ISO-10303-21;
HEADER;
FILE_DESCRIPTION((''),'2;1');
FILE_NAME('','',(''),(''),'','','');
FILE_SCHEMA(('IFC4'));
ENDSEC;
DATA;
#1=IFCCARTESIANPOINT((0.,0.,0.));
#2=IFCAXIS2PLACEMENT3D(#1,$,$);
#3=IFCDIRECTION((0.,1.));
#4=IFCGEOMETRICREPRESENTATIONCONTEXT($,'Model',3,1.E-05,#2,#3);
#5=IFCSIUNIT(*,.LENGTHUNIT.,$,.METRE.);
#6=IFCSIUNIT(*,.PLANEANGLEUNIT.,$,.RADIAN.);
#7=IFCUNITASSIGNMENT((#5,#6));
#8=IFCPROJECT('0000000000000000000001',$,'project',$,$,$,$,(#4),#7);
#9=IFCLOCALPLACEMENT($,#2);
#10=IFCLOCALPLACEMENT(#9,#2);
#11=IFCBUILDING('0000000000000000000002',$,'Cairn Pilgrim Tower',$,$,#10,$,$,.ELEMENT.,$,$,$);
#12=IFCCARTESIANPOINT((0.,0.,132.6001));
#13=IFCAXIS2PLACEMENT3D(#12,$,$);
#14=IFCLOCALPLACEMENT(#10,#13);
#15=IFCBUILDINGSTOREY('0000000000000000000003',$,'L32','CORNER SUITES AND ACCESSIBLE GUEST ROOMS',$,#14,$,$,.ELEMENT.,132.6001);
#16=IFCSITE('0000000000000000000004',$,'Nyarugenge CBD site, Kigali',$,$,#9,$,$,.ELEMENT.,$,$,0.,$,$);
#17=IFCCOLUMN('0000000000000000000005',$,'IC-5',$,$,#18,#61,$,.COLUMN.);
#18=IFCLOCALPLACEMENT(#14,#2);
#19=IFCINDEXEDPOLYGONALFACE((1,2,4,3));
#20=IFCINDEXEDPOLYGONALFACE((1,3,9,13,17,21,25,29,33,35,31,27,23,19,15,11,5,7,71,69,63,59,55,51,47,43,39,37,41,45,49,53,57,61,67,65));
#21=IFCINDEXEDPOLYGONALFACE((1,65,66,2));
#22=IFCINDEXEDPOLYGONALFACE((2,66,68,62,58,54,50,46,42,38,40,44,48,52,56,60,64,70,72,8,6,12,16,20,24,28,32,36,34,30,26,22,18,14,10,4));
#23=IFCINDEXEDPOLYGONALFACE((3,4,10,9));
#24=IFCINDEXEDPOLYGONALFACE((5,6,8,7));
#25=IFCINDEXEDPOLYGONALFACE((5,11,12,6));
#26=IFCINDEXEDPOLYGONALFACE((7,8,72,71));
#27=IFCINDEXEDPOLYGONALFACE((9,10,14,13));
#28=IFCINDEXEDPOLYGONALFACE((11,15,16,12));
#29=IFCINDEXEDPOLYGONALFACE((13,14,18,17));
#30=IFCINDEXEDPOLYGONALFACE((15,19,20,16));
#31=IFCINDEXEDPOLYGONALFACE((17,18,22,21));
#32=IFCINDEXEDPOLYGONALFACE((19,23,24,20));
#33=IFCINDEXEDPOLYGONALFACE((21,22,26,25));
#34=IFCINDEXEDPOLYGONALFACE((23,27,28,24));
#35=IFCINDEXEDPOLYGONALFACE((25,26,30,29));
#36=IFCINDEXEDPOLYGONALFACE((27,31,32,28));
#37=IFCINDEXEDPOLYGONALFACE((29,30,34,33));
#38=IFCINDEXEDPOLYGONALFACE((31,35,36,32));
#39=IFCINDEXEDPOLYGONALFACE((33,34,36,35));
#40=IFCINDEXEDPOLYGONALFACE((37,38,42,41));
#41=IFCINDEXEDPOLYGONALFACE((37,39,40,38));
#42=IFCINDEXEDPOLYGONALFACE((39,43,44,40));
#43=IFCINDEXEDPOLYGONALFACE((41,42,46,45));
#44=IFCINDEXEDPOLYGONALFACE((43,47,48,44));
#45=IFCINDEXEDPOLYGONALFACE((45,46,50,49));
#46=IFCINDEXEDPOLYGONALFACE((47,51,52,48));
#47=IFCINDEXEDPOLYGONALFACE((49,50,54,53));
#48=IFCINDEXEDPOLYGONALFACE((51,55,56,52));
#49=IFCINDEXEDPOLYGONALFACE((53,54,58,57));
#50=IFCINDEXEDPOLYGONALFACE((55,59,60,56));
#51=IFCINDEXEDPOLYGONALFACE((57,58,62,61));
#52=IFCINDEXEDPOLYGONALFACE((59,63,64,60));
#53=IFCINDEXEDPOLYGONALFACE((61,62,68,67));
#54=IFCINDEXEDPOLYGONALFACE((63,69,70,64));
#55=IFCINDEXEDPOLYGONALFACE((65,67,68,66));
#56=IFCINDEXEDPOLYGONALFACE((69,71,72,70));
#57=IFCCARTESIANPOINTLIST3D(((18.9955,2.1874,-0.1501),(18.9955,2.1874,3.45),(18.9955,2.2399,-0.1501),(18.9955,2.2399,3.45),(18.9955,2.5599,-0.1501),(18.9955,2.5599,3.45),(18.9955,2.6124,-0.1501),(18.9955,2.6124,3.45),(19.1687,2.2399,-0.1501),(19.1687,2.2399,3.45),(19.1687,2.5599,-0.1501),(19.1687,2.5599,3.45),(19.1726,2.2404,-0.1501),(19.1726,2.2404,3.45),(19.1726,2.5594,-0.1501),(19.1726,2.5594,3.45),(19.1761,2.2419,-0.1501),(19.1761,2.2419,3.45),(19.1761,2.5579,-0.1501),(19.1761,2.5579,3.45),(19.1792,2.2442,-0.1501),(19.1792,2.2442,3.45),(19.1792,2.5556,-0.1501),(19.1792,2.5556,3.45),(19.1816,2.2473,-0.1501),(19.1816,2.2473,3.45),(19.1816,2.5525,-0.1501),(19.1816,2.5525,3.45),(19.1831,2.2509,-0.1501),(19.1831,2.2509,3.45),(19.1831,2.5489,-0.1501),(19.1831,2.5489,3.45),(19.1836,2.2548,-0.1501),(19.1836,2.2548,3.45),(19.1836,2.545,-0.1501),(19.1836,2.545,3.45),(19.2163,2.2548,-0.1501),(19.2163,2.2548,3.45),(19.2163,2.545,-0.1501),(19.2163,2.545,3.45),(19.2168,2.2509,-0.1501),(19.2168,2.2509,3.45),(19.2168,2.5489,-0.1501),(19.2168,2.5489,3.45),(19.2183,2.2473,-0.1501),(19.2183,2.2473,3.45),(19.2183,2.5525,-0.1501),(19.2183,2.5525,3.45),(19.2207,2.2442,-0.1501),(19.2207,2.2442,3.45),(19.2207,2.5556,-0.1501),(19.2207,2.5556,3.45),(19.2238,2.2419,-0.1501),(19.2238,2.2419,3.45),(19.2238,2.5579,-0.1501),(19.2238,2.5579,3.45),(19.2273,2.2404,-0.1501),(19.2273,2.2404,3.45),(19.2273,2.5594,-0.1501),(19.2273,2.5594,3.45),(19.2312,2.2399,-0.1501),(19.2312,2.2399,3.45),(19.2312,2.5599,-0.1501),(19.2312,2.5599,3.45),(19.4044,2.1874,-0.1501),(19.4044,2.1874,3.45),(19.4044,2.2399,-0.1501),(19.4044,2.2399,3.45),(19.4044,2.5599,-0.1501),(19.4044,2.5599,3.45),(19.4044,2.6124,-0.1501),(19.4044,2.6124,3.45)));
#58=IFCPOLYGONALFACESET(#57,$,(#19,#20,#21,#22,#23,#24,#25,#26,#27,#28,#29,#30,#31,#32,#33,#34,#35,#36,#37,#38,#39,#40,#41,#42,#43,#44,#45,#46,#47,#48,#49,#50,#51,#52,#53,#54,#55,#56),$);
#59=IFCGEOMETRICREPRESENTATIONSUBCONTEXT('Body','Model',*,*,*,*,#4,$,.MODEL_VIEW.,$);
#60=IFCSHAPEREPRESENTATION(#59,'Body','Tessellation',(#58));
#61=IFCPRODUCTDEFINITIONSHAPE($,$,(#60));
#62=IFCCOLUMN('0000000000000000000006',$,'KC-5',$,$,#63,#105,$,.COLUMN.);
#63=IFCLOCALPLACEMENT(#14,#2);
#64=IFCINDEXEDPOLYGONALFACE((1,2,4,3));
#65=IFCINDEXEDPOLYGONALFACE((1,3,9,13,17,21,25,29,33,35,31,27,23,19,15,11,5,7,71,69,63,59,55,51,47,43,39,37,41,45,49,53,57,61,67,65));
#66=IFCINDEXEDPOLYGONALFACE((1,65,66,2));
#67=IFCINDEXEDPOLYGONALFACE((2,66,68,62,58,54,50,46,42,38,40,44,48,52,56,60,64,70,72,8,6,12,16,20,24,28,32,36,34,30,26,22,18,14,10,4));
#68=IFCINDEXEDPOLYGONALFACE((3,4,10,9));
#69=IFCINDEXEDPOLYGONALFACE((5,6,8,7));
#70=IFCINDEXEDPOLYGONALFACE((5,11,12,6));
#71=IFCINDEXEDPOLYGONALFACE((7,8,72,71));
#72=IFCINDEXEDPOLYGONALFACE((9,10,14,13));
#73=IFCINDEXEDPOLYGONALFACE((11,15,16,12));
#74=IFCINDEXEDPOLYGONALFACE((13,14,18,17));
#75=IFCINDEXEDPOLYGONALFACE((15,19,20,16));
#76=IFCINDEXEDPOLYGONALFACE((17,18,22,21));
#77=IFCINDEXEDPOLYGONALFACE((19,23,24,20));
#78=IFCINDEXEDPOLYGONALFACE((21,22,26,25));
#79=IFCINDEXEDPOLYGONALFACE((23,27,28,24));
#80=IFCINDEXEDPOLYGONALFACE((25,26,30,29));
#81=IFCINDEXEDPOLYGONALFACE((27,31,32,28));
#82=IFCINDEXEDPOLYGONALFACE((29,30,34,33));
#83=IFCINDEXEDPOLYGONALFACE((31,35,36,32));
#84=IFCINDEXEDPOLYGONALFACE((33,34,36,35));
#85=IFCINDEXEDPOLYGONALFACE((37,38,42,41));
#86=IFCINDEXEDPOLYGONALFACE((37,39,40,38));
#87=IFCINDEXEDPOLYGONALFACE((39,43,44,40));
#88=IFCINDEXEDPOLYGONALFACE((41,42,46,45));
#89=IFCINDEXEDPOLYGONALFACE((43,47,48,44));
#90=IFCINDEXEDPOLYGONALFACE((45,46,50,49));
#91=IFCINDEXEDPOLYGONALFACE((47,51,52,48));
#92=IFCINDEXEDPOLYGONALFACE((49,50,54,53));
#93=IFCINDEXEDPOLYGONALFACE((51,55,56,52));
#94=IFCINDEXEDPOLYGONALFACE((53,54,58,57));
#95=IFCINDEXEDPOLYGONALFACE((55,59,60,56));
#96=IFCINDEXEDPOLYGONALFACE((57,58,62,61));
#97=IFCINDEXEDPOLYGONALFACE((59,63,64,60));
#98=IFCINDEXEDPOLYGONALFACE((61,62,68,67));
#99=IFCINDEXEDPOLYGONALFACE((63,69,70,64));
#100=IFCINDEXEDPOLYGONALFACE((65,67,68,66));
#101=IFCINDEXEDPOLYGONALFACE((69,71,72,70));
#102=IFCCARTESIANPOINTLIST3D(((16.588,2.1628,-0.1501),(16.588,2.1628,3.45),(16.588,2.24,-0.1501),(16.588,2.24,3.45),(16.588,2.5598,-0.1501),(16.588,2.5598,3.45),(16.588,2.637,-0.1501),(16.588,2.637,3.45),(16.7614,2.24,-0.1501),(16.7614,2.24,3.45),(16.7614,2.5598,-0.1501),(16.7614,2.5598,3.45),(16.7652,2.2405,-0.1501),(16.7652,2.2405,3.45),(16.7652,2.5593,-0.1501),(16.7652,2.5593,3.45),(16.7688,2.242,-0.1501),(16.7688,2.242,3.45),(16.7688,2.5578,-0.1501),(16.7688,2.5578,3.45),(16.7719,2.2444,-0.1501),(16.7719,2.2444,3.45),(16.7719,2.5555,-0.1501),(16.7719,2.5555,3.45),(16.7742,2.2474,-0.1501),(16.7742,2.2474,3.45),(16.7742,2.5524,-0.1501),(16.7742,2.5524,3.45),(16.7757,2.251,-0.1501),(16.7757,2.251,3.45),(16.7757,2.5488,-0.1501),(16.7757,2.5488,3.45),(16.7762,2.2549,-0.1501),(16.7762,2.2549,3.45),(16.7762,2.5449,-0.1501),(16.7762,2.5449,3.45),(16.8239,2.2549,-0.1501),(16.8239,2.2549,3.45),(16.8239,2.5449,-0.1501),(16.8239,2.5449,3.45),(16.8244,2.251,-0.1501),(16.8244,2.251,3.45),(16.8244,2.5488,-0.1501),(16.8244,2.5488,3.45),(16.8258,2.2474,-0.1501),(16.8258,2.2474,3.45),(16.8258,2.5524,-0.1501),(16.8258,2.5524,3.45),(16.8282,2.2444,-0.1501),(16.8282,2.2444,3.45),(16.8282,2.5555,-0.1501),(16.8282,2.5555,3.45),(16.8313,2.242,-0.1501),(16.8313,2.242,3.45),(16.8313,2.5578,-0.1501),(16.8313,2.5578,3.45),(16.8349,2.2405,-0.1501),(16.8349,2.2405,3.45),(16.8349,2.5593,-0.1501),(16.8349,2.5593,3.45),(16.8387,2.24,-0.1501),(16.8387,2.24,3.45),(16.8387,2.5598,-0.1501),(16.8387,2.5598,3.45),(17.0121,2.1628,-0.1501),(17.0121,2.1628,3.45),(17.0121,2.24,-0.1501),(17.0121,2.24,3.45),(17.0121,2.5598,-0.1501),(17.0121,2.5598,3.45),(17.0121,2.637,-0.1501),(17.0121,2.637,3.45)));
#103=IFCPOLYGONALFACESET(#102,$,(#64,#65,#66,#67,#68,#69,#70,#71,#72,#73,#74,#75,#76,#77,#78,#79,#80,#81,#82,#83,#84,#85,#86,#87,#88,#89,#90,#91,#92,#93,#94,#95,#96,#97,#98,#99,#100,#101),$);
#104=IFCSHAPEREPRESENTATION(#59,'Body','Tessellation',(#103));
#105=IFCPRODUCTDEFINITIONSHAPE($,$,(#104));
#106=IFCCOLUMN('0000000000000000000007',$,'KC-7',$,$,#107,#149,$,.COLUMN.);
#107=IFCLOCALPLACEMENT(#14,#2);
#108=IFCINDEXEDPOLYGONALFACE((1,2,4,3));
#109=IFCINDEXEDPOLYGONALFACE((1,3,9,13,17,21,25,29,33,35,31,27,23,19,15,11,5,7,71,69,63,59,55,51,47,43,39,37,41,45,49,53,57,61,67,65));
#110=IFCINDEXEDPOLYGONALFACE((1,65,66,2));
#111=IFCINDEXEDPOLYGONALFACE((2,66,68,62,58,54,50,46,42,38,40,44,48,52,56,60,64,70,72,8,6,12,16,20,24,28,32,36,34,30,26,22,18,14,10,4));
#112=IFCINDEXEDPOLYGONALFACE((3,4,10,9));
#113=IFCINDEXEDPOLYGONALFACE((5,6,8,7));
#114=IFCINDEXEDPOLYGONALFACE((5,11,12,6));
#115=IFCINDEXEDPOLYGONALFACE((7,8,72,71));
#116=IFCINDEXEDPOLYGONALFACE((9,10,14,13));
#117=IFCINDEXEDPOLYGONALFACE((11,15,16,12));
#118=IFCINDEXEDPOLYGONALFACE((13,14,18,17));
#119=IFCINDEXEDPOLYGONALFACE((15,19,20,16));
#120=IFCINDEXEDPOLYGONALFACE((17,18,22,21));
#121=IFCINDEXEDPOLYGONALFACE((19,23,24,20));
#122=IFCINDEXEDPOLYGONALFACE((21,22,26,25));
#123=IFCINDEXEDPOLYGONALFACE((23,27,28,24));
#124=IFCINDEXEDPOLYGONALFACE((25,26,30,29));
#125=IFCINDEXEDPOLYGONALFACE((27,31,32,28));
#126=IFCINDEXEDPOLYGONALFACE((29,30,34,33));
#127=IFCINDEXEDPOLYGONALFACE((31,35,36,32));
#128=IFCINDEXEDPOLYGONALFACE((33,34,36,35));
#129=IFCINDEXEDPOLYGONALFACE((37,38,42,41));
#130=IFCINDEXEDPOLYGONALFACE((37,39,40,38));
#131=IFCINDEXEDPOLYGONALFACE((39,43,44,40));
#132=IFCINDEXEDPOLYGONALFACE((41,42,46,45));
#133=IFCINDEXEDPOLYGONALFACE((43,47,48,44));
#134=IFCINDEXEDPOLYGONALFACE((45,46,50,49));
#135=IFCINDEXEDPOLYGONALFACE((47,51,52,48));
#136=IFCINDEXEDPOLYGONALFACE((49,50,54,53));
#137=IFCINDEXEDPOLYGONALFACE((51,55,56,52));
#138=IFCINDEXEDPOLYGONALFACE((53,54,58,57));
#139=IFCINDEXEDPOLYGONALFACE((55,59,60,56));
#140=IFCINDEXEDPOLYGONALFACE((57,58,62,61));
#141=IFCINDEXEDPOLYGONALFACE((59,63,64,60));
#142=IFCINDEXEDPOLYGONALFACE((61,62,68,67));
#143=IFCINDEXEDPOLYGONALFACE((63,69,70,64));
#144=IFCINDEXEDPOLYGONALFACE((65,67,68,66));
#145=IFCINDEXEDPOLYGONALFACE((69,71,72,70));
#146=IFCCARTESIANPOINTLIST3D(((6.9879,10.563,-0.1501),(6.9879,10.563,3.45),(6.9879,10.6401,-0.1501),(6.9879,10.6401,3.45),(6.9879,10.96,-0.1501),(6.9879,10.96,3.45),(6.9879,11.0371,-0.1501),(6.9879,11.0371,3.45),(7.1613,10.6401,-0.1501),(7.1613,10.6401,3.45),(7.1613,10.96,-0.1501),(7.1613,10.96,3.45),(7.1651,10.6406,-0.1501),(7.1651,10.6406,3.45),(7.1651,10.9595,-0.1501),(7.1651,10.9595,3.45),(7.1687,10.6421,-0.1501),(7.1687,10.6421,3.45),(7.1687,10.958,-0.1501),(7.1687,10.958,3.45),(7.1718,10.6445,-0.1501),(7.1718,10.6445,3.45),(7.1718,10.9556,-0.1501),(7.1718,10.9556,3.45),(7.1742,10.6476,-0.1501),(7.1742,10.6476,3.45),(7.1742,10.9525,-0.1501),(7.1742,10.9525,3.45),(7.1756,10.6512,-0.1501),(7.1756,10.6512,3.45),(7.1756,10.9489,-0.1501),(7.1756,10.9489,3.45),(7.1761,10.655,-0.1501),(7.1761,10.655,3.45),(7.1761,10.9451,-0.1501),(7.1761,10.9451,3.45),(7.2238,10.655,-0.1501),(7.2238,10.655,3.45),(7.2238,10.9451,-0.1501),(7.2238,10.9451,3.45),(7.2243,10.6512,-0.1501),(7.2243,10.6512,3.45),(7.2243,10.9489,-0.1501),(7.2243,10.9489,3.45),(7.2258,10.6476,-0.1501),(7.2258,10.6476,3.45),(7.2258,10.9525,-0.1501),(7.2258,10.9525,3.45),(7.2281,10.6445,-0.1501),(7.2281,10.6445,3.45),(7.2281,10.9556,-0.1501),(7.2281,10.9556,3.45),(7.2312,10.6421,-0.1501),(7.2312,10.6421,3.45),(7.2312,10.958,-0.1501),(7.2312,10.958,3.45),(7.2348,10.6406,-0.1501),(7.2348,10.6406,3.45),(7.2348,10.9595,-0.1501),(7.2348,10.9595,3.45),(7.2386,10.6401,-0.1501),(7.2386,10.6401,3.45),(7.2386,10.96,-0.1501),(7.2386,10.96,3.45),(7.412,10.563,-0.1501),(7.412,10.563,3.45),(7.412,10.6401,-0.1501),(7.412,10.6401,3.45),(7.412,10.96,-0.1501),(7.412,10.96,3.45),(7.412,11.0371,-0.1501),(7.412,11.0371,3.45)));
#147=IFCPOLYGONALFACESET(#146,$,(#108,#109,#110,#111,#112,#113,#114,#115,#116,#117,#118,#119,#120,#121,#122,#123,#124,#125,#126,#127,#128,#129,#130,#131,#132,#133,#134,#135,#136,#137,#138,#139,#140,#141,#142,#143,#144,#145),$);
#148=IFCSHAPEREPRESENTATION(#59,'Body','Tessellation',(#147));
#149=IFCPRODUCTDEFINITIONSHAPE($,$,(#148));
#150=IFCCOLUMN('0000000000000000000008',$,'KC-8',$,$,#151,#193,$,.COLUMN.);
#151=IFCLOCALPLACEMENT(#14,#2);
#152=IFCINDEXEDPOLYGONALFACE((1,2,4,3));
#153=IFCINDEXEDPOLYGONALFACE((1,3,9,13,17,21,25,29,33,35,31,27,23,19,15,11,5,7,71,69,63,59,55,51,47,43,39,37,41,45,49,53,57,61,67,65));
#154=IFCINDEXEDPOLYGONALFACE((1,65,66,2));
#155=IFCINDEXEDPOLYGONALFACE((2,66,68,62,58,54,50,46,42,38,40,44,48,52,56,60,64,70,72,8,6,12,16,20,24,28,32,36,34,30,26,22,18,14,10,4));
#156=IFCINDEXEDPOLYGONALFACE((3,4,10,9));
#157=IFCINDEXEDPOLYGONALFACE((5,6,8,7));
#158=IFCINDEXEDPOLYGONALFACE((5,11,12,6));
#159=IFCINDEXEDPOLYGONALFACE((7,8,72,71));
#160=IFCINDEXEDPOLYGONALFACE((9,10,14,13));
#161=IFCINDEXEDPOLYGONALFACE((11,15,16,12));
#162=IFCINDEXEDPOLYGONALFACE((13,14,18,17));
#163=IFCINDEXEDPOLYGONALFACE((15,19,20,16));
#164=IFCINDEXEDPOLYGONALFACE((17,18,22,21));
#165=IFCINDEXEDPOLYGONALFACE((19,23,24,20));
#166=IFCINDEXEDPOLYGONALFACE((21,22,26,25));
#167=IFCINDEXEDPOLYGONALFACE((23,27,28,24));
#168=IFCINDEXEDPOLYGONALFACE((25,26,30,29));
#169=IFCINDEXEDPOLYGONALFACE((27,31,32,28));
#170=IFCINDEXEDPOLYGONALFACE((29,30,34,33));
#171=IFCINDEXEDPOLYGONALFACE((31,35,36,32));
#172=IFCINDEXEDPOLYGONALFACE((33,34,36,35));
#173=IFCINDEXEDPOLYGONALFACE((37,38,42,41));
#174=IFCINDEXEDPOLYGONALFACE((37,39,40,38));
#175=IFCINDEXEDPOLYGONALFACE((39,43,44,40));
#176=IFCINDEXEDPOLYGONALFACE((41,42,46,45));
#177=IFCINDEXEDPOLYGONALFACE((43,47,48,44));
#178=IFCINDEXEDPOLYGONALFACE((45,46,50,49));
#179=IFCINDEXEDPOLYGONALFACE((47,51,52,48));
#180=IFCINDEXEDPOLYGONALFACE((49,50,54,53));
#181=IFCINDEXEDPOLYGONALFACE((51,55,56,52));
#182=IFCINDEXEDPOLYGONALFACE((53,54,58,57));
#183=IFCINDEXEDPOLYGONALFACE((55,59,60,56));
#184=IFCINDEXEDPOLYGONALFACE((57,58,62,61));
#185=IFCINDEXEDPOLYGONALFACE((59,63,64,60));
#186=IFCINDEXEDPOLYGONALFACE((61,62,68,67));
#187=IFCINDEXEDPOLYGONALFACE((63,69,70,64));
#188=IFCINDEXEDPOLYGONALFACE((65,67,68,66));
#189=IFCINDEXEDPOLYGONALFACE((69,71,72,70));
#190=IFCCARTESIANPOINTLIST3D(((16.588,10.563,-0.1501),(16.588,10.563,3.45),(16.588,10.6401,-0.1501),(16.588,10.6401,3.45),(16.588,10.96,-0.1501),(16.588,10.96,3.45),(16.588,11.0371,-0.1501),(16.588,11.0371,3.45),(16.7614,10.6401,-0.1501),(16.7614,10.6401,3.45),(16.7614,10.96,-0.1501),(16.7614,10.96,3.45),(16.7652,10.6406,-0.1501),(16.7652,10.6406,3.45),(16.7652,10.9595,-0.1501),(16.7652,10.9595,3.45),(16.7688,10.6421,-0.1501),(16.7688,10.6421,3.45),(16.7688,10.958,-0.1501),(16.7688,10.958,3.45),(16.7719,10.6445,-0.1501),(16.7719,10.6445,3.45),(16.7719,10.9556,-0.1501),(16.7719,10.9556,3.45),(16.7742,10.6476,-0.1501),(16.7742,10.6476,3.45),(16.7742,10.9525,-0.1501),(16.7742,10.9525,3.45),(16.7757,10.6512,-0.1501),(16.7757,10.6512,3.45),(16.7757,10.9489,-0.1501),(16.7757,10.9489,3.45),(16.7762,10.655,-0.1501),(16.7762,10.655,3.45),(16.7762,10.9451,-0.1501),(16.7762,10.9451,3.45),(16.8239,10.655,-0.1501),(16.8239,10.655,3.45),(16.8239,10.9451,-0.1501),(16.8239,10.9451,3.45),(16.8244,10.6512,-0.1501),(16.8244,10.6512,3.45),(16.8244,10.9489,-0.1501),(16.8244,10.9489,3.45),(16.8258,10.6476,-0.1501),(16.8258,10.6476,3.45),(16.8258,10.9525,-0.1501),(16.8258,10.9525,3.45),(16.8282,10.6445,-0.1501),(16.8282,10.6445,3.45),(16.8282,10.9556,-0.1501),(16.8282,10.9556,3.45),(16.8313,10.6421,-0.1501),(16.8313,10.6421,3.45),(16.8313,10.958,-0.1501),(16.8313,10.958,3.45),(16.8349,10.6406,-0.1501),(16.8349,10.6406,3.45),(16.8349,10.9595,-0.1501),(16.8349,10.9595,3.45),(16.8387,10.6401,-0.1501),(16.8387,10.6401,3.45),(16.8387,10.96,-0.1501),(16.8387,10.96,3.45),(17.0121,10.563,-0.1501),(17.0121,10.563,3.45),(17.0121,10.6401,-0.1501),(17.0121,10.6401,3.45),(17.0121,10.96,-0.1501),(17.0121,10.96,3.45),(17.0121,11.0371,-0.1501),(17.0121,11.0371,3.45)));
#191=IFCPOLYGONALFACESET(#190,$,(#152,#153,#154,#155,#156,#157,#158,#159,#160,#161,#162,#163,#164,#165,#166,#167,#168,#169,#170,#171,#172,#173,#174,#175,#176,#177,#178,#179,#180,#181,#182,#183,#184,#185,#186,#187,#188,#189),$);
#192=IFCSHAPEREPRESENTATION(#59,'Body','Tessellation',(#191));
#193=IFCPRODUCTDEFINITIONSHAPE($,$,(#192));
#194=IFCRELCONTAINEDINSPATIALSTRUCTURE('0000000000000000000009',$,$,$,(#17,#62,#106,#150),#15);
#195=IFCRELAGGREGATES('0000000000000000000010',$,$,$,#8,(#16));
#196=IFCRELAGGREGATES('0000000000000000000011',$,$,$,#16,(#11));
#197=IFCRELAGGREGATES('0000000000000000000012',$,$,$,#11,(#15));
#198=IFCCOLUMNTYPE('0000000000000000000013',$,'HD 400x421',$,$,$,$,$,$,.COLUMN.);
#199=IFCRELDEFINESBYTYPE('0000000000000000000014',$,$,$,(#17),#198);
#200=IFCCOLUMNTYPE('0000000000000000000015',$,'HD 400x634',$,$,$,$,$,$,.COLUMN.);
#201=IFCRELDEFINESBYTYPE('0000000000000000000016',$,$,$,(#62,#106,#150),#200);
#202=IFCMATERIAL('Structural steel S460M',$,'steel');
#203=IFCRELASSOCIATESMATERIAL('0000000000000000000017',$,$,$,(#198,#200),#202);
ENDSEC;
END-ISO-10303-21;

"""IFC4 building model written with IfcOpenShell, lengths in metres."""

from ifc_helpers import new_model, si_unit, direction, frame, origin, origin_2d, place, context, subcontext, project, spatial, i_section, extrude, material, material_profile, profile_set, type_object, element, save


model = new_model("IFC4")

# Units and contexts
model_context = context("Model", 3, precision=1e-05, world=origin(), true_north=direction((0.0, 1.0)))
body_context = subcontext(model_context, "Body", "Model", "MODEL_VIEW")
ifc_project = project(units=[si_unit("LENGTHUNIT", "METRE"), si_unit("PLANEANGLEUNIT", "RADIAN")], contexts=[model_context])

# Site, building, storey
site_placement = place(None, origin())
site = spatial("IfcSite", under=ifc_project, at=site_placement, Name="Nyarugenge CBD site, Kigali", CompositionType="ELEMENT", RefElevation=0.0)
building_placement = place(site_placement, origin())
building = spatial("IfcBuilding", under=site, at=building_placement, Name="Cairn Pilgrim Tower", CompositionType="ELEMENT")
storey_placement = place(building_placement, frame((0.0, 0.0, 132.6001)))
storey = spatial("IfcBuildingStorey", under=building, at=storey_placement, Name="L32", Description="CORNER SUITES AND ACCESSIBLE GUEST ROOMS", CompositionType="ELEMENT", Elevation=132.6001)

# Columns
ifc_material_1 = material(Name="Structural steel S460M", Category="steel")
ifc_material_profile_1 = material_profile(ifc_material_1, i_section(OverallWidth=0.4089, OverallDepth=0.425, WebThickness=0.0327, FlangeThickness=0.0525, FilletRadius=0.0149, at=origin_2d()), Name="HD 400x421")
ifc_profile_set_1 = profile_set([ifc_material_profile_1], Name="Structural steel S460M")
column_type_1 = type_object("IfcColumnType", Name="HD 400x421", PredefinedType="COLUMN", material=ifc_profile_set_1)
column_placement = place(storey_placement, frame((19.2, 2.3999, -0.1501), z_axis=(0.0, 0.0, 1.0), x_axis=(1.0, 0.0, 0.0)))
element("IfcColumn", 1, at=column_placement, inside=storey, type_object=column_type_1, Name="IC-5", PredefinedType="COLUMN", context=body_context, shape_type="SweptSolid", body=[
    extrude(i_section(OverallWidth=0.4089, OverallDepth=0.425, WebThickness=0.0327, FlangeThickness=0.0525, FilletRadius=0.0149, at=origin_2d()), origin(), (0.0, 0.0, 1.0), 3.6001),
])
ifc_material_profile_2 = material_profile(ifc_material_1, i_section(OverallWidth=0.4241, OverallDepth=0.4741, WebThickness=0.0476, FlangeThickness=0.0771, FilletRadius=0.0149, at=origin_2d()), Name="HD 400x634")
ifc_profile_set_2 = profile_set([ifc_material_profile_2], Name="Structural steel S460M")
column_type_2 = type_object("IfcColumnType", Name="HD 400x634", PredefinedType="COLUMN", material=ifc_profile_set_2)
for number, where, z_axis, x_axis, name in (
    (2, (16.8, 2.3999, -0.1501), (0.0, 0.0, 1.0), (1.0, 0.0, 0.0), "KC-5"),
    (3, (7.2, 10.8, -0.1501), (0.0, 0.0, 1.0), (1.0, 0.0, 0.0), "KC-7"),
    (4, (16.8, 10.8, -0.1501), (0.0, 0.0, 1.0), (1.0, 0.0, 0.0), "KC-8"),
):
    element("IfcColumn", number, at=place(storey_placement, frame(where, z_axis=z_axis, x_axis=x_axis)), inside=storey, type_object=column_type_2, Name=name, PredefinedType="COLUMN", context=body_context, shape_type="SweptSolid", body=[
        extrude(i_section(OverallWidth=0.4241, OverallDepth=0.4741, WebThickness=0.0476, FlangeThickness=0.0771, FilletRadius=0.0149, at=origin_2d()), origin(), (0.0, 0.0, 1.0), 3.6001),
    ])

save(model, "model.ifc")
